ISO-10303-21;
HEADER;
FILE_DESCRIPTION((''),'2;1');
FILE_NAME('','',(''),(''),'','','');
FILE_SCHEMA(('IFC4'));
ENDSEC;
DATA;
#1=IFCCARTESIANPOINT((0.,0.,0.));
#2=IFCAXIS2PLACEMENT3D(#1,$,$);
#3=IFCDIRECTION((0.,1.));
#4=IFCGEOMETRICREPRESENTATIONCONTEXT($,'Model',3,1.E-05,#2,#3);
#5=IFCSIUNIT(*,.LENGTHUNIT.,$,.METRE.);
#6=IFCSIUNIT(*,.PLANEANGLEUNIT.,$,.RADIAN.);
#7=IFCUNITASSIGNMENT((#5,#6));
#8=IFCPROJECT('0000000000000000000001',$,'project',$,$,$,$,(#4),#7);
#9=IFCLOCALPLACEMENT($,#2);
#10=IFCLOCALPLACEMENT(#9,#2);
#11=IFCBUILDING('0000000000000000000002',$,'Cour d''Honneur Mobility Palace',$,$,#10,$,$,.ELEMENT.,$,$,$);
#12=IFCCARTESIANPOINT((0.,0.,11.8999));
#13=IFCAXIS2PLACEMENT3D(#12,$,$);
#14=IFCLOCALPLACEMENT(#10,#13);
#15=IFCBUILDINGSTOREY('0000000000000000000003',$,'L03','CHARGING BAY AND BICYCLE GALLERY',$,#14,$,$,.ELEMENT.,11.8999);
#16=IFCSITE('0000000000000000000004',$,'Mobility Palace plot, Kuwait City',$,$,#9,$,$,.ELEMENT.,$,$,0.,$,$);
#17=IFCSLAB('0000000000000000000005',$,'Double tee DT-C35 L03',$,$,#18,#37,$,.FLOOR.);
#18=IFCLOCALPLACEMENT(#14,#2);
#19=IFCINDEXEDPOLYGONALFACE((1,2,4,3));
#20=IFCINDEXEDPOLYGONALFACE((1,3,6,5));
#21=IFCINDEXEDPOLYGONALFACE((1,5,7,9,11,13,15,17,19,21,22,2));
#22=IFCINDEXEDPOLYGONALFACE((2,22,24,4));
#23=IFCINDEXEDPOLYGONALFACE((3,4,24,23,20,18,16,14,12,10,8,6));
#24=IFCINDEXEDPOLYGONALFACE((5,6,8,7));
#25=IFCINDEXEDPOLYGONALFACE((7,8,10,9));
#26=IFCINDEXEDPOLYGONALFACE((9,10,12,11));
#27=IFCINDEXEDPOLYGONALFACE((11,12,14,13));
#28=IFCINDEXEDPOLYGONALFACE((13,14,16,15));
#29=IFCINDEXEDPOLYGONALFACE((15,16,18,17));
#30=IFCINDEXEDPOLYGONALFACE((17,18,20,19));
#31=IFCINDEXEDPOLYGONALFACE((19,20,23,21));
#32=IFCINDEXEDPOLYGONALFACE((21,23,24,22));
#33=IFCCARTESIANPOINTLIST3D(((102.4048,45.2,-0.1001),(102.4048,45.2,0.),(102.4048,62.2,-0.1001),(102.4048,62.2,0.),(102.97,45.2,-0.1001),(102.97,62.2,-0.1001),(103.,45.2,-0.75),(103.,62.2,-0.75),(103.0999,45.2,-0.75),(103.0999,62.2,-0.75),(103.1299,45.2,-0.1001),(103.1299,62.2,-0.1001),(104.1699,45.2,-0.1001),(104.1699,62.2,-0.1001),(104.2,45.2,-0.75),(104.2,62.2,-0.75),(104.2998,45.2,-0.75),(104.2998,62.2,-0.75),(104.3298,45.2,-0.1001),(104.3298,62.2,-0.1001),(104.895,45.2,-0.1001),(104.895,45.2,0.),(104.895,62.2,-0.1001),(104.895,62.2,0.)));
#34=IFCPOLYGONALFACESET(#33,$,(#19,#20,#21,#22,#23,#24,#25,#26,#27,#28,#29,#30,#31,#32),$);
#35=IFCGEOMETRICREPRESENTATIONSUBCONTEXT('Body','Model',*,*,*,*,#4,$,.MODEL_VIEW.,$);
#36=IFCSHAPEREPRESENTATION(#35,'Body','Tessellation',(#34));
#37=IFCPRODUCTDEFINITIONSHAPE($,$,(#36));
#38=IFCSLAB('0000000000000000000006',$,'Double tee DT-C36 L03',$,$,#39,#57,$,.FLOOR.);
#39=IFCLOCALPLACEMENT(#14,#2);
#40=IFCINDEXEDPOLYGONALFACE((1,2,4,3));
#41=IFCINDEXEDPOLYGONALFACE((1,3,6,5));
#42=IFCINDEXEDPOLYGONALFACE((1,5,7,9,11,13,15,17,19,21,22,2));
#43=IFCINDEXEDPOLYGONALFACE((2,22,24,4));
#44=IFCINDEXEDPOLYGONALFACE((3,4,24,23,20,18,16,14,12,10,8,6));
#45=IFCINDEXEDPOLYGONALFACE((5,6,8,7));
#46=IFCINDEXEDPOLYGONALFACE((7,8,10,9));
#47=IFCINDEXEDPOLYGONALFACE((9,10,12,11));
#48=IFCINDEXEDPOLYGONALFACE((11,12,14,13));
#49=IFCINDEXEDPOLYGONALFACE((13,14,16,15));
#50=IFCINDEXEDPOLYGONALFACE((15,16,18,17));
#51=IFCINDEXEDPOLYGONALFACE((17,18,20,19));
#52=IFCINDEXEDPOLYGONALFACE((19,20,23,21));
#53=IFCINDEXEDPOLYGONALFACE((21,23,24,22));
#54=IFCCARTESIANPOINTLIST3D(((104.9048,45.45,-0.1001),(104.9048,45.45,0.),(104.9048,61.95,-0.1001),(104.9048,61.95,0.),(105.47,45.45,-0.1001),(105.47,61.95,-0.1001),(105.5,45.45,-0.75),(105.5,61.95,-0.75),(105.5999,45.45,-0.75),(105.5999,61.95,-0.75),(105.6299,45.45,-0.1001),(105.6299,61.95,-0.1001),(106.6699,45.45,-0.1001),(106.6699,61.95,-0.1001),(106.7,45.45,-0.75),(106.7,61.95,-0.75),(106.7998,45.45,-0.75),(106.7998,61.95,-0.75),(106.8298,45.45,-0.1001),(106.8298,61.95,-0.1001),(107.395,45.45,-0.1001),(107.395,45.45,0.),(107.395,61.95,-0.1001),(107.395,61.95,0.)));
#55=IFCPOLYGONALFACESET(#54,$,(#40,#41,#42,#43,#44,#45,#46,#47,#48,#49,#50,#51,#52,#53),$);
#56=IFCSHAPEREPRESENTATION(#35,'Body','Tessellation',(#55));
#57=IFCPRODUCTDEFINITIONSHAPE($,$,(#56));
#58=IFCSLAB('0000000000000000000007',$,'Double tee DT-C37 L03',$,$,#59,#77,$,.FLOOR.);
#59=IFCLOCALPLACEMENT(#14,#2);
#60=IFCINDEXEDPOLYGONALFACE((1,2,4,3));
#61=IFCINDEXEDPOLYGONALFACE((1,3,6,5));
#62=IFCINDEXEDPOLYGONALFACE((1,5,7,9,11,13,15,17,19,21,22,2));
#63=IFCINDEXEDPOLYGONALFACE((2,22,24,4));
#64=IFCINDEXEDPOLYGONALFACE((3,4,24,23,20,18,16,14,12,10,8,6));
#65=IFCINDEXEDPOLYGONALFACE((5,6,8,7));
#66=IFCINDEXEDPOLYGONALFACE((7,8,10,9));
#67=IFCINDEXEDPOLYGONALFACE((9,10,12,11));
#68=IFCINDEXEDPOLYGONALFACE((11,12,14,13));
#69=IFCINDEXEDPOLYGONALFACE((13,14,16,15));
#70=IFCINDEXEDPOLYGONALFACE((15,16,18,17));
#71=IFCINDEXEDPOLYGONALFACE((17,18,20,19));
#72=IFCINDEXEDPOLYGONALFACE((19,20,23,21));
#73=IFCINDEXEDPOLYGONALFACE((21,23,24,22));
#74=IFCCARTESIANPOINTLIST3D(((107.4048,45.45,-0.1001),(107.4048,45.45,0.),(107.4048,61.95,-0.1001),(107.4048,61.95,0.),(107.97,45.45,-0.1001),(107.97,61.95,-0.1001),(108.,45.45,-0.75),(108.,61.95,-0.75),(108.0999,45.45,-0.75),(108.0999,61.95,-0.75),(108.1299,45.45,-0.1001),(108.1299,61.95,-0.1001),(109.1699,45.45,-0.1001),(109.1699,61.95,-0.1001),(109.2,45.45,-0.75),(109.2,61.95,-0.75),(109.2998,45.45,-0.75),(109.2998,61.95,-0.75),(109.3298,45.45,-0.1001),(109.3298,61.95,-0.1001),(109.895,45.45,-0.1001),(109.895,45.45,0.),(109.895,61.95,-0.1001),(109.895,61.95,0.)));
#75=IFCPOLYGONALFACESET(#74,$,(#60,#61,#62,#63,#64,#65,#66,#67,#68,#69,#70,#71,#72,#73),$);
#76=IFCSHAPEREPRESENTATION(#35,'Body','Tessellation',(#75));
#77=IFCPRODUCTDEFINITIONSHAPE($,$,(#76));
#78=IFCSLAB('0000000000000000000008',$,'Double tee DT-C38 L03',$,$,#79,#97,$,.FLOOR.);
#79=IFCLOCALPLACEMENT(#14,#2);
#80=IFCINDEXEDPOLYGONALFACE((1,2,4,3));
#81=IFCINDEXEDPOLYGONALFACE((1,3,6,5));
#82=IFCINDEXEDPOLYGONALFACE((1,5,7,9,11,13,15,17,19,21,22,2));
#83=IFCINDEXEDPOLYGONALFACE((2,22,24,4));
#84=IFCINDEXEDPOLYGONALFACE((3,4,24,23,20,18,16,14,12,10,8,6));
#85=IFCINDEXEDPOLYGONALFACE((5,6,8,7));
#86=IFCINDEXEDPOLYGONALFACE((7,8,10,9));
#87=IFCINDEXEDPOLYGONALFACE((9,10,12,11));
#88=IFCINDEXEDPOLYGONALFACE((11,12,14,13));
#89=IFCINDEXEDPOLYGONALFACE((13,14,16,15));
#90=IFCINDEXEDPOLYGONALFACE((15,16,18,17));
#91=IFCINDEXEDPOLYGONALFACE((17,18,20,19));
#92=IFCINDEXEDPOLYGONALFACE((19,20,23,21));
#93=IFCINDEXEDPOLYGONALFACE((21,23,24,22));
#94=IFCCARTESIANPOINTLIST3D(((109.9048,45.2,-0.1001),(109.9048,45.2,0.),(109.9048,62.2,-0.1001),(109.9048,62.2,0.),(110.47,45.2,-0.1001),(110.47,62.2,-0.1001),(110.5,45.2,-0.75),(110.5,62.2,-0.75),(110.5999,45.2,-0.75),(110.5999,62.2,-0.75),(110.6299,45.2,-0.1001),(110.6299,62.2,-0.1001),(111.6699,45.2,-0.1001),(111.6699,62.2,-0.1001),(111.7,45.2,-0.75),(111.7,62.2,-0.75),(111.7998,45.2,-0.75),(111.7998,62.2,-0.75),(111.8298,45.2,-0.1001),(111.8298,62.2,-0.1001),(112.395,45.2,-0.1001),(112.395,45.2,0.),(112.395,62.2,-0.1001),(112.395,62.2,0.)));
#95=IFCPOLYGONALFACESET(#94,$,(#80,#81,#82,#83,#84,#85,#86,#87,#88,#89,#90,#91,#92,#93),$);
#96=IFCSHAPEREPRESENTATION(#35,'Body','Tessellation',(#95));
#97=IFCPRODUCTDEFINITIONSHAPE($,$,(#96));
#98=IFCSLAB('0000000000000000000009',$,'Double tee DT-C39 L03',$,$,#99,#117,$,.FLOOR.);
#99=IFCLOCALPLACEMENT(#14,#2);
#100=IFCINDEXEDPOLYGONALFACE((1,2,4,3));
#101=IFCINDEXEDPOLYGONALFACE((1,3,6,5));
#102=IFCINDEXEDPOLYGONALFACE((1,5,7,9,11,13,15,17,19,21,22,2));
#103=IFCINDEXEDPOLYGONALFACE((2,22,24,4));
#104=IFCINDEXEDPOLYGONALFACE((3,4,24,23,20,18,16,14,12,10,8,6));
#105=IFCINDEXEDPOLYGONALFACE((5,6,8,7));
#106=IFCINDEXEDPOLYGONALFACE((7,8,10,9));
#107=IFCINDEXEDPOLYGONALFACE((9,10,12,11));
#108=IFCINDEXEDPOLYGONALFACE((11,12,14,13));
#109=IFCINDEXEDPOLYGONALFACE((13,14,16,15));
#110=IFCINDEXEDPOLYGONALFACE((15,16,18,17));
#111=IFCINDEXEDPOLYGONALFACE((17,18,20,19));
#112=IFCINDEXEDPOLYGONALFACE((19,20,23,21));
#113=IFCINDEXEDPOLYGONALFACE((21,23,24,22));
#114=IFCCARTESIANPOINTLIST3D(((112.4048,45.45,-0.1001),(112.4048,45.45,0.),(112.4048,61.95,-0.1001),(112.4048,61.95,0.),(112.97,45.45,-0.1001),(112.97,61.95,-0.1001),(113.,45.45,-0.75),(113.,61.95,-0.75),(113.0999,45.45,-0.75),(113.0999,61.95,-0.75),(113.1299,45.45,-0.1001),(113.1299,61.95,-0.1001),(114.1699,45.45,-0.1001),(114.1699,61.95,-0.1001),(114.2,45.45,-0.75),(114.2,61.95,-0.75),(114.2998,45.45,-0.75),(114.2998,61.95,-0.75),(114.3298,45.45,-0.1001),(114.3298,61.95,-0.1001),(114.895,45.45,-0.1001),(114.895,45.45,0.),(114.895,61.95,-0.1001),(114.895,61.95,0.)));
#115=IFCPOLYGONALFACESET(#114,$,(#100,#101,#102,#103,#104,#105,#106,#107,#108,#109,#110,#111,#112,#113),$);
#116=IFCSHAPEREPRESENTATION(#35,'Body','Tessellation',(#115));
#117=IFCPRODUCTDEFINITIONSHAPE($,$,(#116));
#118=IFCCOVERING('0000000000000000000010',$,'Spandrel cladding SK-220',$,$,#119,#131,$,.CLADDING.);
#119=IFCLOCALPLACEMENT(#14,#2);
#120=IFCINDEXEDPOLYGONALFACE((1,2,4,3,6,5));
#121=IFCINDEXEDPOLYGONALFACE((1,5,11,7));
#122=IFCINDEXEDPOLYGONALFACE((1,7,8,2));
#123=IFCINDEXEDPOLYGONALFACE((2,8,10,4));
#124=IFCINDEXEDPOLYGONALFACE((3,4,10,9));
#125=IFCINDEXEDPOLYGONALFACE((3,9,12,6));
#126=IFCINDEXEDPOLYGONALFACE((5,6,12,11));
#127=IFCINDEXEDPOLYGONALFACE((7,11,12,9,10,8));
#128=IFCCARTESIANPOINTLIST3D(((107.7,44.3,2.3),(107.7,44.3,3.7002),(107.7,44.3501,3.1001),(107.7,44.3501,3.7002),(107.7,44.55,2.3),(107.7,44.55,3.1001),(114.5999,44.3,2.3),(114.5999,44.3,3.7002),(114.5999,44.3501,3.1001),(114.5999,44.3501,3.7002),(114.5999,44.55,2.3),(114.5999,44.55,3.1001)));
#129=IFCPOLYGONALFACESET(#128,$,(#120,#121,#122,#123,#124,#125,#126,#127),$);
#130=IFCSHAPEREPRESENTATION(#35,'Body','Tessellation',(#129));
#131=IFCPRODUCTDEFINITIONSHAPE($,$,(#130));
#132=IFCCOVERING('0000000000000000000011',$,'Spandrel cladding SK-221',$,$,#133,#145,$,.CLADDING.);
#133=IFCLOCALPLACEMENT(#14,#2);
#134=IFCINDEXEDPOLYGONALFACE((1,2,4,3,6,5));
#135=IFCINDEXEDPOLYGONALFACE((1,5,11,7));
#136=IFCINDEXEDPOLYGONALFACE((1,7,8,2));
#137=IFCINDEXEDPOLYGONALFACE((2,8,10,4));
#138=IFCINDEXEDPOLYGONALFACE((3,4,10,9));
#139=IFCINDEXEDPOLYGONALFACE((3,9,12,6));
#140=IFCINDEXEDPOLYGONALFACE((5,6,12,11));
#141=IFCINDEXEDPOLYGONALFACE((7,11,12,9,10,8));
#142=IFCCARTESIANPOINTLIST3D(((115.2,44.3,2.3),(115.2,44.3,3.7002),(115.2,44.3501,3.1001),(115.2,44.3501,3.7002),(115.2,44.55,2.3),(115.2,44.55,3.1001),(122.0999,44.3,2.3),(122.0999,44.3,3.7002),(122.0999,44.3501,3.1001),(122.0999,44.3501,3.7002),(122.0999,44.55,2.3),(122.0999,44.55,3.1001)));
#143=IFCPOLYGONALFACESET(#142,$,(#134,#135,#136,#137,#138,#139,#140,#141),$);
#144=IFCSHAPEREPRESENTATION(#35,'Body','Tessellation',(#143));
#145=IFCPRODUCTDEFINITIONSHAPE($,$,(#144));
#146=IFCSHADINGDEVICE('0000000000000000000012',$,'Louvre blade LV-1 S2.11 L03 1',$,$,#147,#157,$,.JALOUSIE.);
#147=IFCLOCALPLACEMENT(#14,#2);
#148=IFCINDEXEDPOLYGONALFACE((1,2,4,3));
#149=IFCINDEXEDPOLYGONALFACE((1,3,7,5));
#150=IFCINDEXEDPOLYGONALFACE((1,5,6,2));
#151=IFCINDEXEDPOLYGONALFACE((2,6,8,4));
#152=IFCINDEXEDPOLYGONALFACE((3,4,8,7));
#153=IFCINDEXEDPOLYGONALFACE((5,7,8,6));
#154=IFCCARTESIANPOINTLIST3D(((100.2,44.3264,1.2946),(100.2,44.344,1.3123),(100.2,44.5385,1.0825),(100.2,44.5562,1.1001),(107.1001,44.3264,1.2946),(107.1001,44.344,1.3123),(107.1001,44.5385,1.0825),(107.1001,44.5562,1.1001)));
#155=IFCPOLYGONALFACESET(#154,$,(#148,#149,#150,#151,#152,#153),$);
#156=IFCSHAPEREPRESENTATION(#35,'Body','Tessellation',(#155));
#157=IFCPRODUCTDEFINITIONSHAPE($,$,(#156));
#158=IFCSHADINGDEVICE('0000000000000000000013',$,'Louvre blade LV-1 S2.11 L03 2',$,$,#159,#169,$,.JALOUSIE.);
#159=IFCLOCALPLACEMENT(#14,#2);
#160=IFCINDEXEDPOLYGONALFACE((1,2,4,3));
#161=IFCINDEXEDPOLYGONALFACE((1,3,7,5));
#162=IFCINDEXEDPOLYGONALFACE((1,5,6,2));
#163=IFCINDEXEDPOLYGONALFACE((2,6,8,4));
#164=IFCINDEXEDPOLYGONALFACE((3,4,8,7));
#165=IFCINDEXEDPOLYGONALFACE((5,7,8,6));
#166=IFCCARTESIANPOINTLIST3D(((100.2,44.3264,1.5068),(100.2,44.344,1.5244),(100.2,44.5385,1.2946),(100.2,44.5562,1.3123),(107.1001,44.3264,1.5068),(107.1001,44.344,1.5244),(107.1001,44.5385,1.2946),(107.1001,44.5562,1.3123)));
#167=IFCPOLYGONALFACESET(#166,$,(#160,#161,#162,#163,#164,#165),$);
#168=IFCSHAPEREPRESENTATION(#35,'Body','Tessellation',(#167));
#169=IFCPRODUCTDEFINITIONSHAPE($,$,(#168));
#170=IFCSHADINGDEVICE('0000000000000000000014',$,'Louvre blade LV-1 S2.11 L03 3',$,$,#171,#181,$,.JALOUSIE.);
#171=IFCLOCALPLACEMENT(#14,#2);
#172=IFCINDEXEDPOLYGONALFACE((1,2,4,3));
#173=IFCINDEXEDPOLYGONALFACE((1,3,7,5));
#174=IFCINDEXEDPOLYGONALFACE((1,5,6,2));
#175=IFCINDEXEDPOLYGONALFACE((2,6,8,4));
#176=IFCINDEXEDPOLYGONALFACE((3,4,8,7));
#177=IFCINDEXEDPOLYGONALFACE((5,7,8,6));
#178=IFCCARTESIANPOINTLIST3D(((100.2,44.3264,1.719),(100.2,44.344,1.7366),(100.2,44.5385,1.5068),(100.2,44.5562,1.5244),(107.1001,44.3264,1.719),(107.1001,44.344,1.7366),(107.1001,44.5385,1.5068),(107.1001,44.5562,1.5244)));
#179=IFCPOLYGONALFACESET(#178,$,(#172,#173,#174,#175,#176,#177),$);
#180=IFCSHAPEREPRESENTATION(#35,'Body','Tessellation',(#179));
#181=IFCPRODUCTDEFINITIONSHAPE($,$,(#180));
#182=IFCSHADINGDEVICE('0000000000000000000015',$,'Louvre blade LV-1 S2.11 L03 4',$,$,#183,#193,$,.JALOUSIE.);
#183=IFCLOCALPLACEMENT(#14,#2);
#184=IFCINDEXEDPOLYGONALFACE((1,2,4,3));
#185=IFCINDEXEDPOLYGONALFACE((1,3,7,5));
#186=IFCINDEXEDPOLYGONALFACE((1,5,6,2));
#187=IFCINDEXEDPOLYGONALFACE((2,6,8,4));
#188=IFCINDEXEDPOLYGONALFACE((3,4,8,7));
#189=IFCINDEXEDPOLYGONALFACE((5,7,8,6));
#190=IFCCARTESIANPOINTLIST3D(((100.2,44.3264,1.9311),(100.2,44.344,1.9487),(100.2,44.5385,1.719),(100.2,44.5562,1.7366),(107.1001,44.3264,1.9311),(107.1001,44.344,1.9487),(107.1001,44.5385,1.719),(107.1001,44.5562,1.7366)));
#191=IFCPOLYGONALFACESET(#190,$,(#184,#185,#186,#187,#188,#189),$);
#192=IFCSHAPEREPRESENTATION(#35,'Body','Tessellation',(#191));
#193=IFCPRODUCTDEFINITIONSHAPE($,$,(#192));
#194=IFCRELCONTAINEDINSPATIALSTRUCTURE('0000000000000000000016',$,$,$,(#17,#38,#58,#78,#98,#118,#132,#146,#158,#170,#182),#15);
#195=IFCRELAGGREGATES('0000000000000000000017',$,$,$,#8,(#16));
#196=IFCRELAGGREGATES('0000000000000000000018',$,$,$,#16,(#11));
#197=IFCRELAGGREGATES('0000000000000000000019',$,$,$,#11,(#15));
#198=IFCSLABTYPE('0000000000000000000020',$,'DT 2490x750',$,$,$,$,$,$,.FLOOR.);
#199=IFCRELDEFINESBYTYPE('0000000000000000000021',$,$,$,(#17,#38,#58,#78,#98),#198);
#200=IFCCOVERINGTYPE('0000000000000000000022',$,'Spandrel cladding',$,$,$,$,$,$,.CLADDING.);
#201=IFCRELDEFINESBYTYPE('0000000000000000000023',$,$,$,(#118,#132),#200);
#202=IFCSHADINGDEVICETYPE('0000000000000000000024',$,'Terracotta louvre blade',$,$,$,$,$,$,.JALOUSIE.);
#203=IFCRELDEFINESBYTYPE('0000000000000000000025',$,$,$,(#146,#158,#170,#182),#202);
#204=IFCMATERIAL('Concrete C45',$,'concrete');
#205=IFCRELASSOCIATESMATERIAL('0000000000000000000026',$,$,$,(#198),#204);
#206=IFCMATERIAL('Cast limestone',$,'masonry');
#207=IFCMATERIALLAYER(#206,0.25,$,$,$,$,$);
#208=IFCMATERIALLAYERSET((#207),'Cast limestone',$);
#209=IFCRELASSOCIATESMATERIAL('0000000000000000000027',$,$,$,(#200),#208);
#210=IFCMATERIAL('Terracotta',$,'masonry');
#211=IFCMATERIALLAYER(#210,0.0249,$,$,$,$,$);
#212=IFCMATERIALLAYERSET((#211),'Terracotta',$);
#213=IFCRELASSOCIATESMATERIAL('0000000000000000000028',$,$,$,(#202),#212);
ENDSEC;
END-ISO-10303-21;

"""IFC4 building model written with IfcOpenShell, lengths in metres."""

from ifc_helpers import new_model, si_unit, direction, frame, origin, place, context, subcontext, project, spatial, polyline, outline, extrude, material, layer, layer_set, material_profile, profile_set, type_object, element, save


model = new_model("IFC4")

# Units and contexts
model_context = context("Model", 3, precision=1e-05, world=origin(), true_north=direction((0.0, 1.0)))
body_context = subcontext(model_context, "Body", "Model", "MODEL_VIEW")
ifc_project = project(units=[si_unit("LENGTHUNIT", "METRE"), si_unit("PLANEANGLEUNIT", "RADIAN")], contexts=[model_context])

# Site, building, storey
site_placement = place(None, origin())
site = spatial("IfcSite", under=ifc_project, at=site_placement, Name="Mobility Palace plot, Kuwait City", CompositionType="ELEMENT", RefElevation=0.0)
building_placement = place(site_placement, origin())
building = spatial("IfcBuilding", under=site, at=building_placement, Name="Cour d'Honneur Mobility Palace", CompositionType="ELEMENT")
storey_placement = place(building_placement, frame((0.0, 0.0, 11.8999)))
storey = spatial("IfcBuildingStorey", under=building, at=storey_placement, Name="L03", Description="CHARGING BAY AND BICYCLE GALLERY", CompositionType="ELEMENT", Elevation=11.8999)

# Slabs
ifc_material_1 = material(Name="Concrete C45", Category="concrete")
ifc_material_profile_1 = material_profile(ifc_material_1, outline(polyline([(-1.2451, 0.0), (1.2451, 0.0), (1.2451, -0.1001), (0.6799, -0.1001), (0.6499, -0.75), (0.55, -0.75), (0.52, -0.1001), (-0.52, -0.1001), (-0.55, -0.75), (-0.6499, -0.75), (-0.6799, -0.1001), (-1.2451, -0.1001), (-1.2451, 0.0)])), Name="DT 2490x750")
ifc_profile_set_1 = profile_set([ifc_material_profile_1], Name="Concrete C45")
slab_type = type_object("IfcSlabType", Name="DT 2490x750", PredefinedType="FLOOR", material=ifc_profile_set_1)
slab_1_placement = place(storey_placement, frame((103.6499, 45.2, 0.0), z_axis=(0.0, 1.0, 0.0), x_axis=(-1.0, 0.0, 0.0)))
element("IfcSlab", 1, at=slab_1_placement, inside=storey, type_object=slab_type, Name="Double tee DT-C35 L03", PredefinedType="FLOOR", context=body_context, shape_type="SweptSolid", body=[
    extrude(outline(polyline([(-1.2451, 0.0), (1.2451, 0.0), (1.2451, -0.1001), (0.6799, -0.1001), (0.6499, -0.75), (0.55, -0.75), (0.52, -0.1001), (-0.52, -0.1001), (-0.55, -0.75), (-0.6499, -0.75), (-0.6799, -0.1001), (-1.2451, -0.1001), (-1.2451, 0.0)])), origin(), (0.0, 0.0, 1.0), 17.0),
])
for number, where, z_axis, x_axis, name in (
    (2, (106.1499, 45.45, 0.0), (0.0, 1.0, 0.0), (-1.0, 0.0, 0.0), "Double tee DT-C36 L03"),
    (3, (108.6499, 45.45, 0.0), (0.0, 1.0, 0.0), (-1.0, 0.0, 0.0), "Double tee DT-C37 L03"),
):
    element("IfcSlab", number, at=place(storey_placement, frame(where, z_axis=z_axis, x_axis=x_axis)), inside=storey, type_object=slab_type, Name=name, PredefinedType="FLOOR", context=body_context, shape_type="SweptSolid", body=[
        extrude(outline(polyline([(-1.2451, 0.0), (1.2451, 0.0), (1.2451, -0.1001), (0.6799, -0.1001), (0.6499, -0.75), (0.55, -0.75), (0.52, -0.1001), (-0.52, -0.1001), (-0.55, -0.75), (-0.6499, -0.75), (-0.6799, -0.1001), (-1.2451, -0.1001), (-1.2451, 0.0)])), origin(), (0.0, 0.0, 1.0), 16.5),
    ])
slab_2_placement = place(storey_placement, frame((111.1499, 45.2, 0.0), z_axis=(0.0, 1.0, 0.0), x_axis=(-1.0, 0.0, 0.0)))
element("IfcSlab", 4, at=slab_2_placement, inside=storey, type_object=slab_type, Name="Double tee DT-C38 L03", PredefinedType="FLOOR", context=body_context, shape_type="SweptSolid", body=[
    extrude(outline(polyline([(-1.2451, 0.0), (1.2451, 0.0), (1.2451, -0.1001), (0.6799, -0.1001), (0.6499, -0.75), (0.55, -0.75), (0.52, -0.1001), (-0.52, -0.1001), (-0.55, -0.75), (-0.6499, -0.75), (-0.6799, -0.1001), (-1.2451, -0.1001), (-1.2451, 0.0)])), origin(), (0.0, 0.0, 1.0), 17.0),
])
slab_3_placement = place(storey_placement, frame((113.6499, 45.45, 0.0), z_axis=(0.0, 1.0, 0.0), x_axis=(-1.0, 0.0, 0.0)))
element("IfcSlab", 5, at=slab_3_placement, inside=storey, type_object=slab_type, Name="Double tee DT-C39 L03", PredefinedType="FLOOR", context=body_context, shape_type="SweptSolid", body=[
    extrude(outline(polyline([(-1.2451, 0.0), (1.2451, 0.0), (1.2451, -0.1001), (0.6799, -0.1001), (0.6499, -0.75), (0.55, -0.75), (0.52, -0.1001), (-0.52, -0.1001), (-0.55, -0.75), (-0.6499, -0.75), (-0.6799, -0.1001), (-1.2451, -0.1001), (-1.2451, 0.0)])), origin(), (0.0, 0.0, 1.0), 16.5),
])

# Coverings
ifc_material_2 = material(Name="Cast limestone", Category="masonry")
ifc_layer_1 = layer(ifc_material_2, 0.25)
ifc_layer_set_1 = layer_set([ifc_layer_1], Name="Cast limestone")
covering_type = type_object("IfcCoveringType", Name="Spandrel cladding", PredefinedType="CLADDING", material=ifc_layer_set_1)
for number, where, z_axis, x_axis, name in (
    (6, (107.7, 44.55, 2.3), (-1.0, 0.0, 0.0), (0.0, -1.0, 0.0), "Spandrel cladding SK-220"),
    (7, (115.2, 44.55, 2.3), (-1.0, 0.0, 0.0), (0.0, -1.0, 0.0), "Spandrel cladding SK-221"),
):
    element("IfcCovering", number, at=place(storey_placement, frame(where, z_axis=z_axis, x_axis=x_axis)), inside=storey, type_object=covering_type, Name=name, PredefinedType="CLADDING", context=body_context, shape_type="SweptSolid", body=[
        extrude(outline(polyline([(0.0, 0.0), (0.25, 0.0), (0.25, 1.4001), (0.2, 1.4001), (0.2, 0.8), (0.0, 0.8), (0.0, 0.0)])), origin(), (0.0, 0.0, -1.0), 6.8999),
    ])

# Shading devices
ifc_material_3 = material(Name="Terracotta", Category="masonry")
ifc_layer_2 = layer(ifc_material_3, 0.0249)
ifc_layer_set_2 = layer_set([ifc_layer_2], Name="Terracotta")
shading_device_type = type_object("IfcShadingDeviceType", Name="Terracotta louvre blade", PredefinedType="JALOUSIE", material=ifc_layer_set_2)
for number, where, z_axis, x_axis, name in (
    (8, (100.2, 44.5562, 1.1001), (0.0, 0.707107, 0.707107), (1.0, 0.0, 0.0), "Louvre blade LV-1 S2.11 L03 1"),
    (9, (100.2, 44.5562, 1.3123), (0.0, 0.707107, 0.707107), (1.0, 0.0, 0.0), "Louvre blade LV-1 S2.11 L03 2"),
    (10, (100.2, 44.5562, 1.5244), (0.0, 0.707107, 0.707107), (1.0, 0.0, 0.0), "Louvre blade LV-1 S2.11 L03 3"),
    (11, (100.2, 44.5562, 1.7366), (0.0, 0.707107, 0.707107), (1.0, 0.0, 0.0), "Louvre blade LV-1 S2.11 L03 4"),
):
    element("IfcShadingDevice", number, at=place(storey_placement, frame(where, z_axis=z_axis, x_axis=x_axis)), inside=storey, type_object=shading_device_type, Name=name, PredefinedType="JALOUSIE", context=body_context, shape_type="SweptSolid", body=[
        extrude(outline(polyline([(0.0, 0.0), (6.9001, 0.0), (6.9001, -0.3), (0.0, -0.3), (0.0, 0.0)])), origin(), (0.0, 0.0, -1.0), 0.0249),
    ])

save(model, "model.ifc")
